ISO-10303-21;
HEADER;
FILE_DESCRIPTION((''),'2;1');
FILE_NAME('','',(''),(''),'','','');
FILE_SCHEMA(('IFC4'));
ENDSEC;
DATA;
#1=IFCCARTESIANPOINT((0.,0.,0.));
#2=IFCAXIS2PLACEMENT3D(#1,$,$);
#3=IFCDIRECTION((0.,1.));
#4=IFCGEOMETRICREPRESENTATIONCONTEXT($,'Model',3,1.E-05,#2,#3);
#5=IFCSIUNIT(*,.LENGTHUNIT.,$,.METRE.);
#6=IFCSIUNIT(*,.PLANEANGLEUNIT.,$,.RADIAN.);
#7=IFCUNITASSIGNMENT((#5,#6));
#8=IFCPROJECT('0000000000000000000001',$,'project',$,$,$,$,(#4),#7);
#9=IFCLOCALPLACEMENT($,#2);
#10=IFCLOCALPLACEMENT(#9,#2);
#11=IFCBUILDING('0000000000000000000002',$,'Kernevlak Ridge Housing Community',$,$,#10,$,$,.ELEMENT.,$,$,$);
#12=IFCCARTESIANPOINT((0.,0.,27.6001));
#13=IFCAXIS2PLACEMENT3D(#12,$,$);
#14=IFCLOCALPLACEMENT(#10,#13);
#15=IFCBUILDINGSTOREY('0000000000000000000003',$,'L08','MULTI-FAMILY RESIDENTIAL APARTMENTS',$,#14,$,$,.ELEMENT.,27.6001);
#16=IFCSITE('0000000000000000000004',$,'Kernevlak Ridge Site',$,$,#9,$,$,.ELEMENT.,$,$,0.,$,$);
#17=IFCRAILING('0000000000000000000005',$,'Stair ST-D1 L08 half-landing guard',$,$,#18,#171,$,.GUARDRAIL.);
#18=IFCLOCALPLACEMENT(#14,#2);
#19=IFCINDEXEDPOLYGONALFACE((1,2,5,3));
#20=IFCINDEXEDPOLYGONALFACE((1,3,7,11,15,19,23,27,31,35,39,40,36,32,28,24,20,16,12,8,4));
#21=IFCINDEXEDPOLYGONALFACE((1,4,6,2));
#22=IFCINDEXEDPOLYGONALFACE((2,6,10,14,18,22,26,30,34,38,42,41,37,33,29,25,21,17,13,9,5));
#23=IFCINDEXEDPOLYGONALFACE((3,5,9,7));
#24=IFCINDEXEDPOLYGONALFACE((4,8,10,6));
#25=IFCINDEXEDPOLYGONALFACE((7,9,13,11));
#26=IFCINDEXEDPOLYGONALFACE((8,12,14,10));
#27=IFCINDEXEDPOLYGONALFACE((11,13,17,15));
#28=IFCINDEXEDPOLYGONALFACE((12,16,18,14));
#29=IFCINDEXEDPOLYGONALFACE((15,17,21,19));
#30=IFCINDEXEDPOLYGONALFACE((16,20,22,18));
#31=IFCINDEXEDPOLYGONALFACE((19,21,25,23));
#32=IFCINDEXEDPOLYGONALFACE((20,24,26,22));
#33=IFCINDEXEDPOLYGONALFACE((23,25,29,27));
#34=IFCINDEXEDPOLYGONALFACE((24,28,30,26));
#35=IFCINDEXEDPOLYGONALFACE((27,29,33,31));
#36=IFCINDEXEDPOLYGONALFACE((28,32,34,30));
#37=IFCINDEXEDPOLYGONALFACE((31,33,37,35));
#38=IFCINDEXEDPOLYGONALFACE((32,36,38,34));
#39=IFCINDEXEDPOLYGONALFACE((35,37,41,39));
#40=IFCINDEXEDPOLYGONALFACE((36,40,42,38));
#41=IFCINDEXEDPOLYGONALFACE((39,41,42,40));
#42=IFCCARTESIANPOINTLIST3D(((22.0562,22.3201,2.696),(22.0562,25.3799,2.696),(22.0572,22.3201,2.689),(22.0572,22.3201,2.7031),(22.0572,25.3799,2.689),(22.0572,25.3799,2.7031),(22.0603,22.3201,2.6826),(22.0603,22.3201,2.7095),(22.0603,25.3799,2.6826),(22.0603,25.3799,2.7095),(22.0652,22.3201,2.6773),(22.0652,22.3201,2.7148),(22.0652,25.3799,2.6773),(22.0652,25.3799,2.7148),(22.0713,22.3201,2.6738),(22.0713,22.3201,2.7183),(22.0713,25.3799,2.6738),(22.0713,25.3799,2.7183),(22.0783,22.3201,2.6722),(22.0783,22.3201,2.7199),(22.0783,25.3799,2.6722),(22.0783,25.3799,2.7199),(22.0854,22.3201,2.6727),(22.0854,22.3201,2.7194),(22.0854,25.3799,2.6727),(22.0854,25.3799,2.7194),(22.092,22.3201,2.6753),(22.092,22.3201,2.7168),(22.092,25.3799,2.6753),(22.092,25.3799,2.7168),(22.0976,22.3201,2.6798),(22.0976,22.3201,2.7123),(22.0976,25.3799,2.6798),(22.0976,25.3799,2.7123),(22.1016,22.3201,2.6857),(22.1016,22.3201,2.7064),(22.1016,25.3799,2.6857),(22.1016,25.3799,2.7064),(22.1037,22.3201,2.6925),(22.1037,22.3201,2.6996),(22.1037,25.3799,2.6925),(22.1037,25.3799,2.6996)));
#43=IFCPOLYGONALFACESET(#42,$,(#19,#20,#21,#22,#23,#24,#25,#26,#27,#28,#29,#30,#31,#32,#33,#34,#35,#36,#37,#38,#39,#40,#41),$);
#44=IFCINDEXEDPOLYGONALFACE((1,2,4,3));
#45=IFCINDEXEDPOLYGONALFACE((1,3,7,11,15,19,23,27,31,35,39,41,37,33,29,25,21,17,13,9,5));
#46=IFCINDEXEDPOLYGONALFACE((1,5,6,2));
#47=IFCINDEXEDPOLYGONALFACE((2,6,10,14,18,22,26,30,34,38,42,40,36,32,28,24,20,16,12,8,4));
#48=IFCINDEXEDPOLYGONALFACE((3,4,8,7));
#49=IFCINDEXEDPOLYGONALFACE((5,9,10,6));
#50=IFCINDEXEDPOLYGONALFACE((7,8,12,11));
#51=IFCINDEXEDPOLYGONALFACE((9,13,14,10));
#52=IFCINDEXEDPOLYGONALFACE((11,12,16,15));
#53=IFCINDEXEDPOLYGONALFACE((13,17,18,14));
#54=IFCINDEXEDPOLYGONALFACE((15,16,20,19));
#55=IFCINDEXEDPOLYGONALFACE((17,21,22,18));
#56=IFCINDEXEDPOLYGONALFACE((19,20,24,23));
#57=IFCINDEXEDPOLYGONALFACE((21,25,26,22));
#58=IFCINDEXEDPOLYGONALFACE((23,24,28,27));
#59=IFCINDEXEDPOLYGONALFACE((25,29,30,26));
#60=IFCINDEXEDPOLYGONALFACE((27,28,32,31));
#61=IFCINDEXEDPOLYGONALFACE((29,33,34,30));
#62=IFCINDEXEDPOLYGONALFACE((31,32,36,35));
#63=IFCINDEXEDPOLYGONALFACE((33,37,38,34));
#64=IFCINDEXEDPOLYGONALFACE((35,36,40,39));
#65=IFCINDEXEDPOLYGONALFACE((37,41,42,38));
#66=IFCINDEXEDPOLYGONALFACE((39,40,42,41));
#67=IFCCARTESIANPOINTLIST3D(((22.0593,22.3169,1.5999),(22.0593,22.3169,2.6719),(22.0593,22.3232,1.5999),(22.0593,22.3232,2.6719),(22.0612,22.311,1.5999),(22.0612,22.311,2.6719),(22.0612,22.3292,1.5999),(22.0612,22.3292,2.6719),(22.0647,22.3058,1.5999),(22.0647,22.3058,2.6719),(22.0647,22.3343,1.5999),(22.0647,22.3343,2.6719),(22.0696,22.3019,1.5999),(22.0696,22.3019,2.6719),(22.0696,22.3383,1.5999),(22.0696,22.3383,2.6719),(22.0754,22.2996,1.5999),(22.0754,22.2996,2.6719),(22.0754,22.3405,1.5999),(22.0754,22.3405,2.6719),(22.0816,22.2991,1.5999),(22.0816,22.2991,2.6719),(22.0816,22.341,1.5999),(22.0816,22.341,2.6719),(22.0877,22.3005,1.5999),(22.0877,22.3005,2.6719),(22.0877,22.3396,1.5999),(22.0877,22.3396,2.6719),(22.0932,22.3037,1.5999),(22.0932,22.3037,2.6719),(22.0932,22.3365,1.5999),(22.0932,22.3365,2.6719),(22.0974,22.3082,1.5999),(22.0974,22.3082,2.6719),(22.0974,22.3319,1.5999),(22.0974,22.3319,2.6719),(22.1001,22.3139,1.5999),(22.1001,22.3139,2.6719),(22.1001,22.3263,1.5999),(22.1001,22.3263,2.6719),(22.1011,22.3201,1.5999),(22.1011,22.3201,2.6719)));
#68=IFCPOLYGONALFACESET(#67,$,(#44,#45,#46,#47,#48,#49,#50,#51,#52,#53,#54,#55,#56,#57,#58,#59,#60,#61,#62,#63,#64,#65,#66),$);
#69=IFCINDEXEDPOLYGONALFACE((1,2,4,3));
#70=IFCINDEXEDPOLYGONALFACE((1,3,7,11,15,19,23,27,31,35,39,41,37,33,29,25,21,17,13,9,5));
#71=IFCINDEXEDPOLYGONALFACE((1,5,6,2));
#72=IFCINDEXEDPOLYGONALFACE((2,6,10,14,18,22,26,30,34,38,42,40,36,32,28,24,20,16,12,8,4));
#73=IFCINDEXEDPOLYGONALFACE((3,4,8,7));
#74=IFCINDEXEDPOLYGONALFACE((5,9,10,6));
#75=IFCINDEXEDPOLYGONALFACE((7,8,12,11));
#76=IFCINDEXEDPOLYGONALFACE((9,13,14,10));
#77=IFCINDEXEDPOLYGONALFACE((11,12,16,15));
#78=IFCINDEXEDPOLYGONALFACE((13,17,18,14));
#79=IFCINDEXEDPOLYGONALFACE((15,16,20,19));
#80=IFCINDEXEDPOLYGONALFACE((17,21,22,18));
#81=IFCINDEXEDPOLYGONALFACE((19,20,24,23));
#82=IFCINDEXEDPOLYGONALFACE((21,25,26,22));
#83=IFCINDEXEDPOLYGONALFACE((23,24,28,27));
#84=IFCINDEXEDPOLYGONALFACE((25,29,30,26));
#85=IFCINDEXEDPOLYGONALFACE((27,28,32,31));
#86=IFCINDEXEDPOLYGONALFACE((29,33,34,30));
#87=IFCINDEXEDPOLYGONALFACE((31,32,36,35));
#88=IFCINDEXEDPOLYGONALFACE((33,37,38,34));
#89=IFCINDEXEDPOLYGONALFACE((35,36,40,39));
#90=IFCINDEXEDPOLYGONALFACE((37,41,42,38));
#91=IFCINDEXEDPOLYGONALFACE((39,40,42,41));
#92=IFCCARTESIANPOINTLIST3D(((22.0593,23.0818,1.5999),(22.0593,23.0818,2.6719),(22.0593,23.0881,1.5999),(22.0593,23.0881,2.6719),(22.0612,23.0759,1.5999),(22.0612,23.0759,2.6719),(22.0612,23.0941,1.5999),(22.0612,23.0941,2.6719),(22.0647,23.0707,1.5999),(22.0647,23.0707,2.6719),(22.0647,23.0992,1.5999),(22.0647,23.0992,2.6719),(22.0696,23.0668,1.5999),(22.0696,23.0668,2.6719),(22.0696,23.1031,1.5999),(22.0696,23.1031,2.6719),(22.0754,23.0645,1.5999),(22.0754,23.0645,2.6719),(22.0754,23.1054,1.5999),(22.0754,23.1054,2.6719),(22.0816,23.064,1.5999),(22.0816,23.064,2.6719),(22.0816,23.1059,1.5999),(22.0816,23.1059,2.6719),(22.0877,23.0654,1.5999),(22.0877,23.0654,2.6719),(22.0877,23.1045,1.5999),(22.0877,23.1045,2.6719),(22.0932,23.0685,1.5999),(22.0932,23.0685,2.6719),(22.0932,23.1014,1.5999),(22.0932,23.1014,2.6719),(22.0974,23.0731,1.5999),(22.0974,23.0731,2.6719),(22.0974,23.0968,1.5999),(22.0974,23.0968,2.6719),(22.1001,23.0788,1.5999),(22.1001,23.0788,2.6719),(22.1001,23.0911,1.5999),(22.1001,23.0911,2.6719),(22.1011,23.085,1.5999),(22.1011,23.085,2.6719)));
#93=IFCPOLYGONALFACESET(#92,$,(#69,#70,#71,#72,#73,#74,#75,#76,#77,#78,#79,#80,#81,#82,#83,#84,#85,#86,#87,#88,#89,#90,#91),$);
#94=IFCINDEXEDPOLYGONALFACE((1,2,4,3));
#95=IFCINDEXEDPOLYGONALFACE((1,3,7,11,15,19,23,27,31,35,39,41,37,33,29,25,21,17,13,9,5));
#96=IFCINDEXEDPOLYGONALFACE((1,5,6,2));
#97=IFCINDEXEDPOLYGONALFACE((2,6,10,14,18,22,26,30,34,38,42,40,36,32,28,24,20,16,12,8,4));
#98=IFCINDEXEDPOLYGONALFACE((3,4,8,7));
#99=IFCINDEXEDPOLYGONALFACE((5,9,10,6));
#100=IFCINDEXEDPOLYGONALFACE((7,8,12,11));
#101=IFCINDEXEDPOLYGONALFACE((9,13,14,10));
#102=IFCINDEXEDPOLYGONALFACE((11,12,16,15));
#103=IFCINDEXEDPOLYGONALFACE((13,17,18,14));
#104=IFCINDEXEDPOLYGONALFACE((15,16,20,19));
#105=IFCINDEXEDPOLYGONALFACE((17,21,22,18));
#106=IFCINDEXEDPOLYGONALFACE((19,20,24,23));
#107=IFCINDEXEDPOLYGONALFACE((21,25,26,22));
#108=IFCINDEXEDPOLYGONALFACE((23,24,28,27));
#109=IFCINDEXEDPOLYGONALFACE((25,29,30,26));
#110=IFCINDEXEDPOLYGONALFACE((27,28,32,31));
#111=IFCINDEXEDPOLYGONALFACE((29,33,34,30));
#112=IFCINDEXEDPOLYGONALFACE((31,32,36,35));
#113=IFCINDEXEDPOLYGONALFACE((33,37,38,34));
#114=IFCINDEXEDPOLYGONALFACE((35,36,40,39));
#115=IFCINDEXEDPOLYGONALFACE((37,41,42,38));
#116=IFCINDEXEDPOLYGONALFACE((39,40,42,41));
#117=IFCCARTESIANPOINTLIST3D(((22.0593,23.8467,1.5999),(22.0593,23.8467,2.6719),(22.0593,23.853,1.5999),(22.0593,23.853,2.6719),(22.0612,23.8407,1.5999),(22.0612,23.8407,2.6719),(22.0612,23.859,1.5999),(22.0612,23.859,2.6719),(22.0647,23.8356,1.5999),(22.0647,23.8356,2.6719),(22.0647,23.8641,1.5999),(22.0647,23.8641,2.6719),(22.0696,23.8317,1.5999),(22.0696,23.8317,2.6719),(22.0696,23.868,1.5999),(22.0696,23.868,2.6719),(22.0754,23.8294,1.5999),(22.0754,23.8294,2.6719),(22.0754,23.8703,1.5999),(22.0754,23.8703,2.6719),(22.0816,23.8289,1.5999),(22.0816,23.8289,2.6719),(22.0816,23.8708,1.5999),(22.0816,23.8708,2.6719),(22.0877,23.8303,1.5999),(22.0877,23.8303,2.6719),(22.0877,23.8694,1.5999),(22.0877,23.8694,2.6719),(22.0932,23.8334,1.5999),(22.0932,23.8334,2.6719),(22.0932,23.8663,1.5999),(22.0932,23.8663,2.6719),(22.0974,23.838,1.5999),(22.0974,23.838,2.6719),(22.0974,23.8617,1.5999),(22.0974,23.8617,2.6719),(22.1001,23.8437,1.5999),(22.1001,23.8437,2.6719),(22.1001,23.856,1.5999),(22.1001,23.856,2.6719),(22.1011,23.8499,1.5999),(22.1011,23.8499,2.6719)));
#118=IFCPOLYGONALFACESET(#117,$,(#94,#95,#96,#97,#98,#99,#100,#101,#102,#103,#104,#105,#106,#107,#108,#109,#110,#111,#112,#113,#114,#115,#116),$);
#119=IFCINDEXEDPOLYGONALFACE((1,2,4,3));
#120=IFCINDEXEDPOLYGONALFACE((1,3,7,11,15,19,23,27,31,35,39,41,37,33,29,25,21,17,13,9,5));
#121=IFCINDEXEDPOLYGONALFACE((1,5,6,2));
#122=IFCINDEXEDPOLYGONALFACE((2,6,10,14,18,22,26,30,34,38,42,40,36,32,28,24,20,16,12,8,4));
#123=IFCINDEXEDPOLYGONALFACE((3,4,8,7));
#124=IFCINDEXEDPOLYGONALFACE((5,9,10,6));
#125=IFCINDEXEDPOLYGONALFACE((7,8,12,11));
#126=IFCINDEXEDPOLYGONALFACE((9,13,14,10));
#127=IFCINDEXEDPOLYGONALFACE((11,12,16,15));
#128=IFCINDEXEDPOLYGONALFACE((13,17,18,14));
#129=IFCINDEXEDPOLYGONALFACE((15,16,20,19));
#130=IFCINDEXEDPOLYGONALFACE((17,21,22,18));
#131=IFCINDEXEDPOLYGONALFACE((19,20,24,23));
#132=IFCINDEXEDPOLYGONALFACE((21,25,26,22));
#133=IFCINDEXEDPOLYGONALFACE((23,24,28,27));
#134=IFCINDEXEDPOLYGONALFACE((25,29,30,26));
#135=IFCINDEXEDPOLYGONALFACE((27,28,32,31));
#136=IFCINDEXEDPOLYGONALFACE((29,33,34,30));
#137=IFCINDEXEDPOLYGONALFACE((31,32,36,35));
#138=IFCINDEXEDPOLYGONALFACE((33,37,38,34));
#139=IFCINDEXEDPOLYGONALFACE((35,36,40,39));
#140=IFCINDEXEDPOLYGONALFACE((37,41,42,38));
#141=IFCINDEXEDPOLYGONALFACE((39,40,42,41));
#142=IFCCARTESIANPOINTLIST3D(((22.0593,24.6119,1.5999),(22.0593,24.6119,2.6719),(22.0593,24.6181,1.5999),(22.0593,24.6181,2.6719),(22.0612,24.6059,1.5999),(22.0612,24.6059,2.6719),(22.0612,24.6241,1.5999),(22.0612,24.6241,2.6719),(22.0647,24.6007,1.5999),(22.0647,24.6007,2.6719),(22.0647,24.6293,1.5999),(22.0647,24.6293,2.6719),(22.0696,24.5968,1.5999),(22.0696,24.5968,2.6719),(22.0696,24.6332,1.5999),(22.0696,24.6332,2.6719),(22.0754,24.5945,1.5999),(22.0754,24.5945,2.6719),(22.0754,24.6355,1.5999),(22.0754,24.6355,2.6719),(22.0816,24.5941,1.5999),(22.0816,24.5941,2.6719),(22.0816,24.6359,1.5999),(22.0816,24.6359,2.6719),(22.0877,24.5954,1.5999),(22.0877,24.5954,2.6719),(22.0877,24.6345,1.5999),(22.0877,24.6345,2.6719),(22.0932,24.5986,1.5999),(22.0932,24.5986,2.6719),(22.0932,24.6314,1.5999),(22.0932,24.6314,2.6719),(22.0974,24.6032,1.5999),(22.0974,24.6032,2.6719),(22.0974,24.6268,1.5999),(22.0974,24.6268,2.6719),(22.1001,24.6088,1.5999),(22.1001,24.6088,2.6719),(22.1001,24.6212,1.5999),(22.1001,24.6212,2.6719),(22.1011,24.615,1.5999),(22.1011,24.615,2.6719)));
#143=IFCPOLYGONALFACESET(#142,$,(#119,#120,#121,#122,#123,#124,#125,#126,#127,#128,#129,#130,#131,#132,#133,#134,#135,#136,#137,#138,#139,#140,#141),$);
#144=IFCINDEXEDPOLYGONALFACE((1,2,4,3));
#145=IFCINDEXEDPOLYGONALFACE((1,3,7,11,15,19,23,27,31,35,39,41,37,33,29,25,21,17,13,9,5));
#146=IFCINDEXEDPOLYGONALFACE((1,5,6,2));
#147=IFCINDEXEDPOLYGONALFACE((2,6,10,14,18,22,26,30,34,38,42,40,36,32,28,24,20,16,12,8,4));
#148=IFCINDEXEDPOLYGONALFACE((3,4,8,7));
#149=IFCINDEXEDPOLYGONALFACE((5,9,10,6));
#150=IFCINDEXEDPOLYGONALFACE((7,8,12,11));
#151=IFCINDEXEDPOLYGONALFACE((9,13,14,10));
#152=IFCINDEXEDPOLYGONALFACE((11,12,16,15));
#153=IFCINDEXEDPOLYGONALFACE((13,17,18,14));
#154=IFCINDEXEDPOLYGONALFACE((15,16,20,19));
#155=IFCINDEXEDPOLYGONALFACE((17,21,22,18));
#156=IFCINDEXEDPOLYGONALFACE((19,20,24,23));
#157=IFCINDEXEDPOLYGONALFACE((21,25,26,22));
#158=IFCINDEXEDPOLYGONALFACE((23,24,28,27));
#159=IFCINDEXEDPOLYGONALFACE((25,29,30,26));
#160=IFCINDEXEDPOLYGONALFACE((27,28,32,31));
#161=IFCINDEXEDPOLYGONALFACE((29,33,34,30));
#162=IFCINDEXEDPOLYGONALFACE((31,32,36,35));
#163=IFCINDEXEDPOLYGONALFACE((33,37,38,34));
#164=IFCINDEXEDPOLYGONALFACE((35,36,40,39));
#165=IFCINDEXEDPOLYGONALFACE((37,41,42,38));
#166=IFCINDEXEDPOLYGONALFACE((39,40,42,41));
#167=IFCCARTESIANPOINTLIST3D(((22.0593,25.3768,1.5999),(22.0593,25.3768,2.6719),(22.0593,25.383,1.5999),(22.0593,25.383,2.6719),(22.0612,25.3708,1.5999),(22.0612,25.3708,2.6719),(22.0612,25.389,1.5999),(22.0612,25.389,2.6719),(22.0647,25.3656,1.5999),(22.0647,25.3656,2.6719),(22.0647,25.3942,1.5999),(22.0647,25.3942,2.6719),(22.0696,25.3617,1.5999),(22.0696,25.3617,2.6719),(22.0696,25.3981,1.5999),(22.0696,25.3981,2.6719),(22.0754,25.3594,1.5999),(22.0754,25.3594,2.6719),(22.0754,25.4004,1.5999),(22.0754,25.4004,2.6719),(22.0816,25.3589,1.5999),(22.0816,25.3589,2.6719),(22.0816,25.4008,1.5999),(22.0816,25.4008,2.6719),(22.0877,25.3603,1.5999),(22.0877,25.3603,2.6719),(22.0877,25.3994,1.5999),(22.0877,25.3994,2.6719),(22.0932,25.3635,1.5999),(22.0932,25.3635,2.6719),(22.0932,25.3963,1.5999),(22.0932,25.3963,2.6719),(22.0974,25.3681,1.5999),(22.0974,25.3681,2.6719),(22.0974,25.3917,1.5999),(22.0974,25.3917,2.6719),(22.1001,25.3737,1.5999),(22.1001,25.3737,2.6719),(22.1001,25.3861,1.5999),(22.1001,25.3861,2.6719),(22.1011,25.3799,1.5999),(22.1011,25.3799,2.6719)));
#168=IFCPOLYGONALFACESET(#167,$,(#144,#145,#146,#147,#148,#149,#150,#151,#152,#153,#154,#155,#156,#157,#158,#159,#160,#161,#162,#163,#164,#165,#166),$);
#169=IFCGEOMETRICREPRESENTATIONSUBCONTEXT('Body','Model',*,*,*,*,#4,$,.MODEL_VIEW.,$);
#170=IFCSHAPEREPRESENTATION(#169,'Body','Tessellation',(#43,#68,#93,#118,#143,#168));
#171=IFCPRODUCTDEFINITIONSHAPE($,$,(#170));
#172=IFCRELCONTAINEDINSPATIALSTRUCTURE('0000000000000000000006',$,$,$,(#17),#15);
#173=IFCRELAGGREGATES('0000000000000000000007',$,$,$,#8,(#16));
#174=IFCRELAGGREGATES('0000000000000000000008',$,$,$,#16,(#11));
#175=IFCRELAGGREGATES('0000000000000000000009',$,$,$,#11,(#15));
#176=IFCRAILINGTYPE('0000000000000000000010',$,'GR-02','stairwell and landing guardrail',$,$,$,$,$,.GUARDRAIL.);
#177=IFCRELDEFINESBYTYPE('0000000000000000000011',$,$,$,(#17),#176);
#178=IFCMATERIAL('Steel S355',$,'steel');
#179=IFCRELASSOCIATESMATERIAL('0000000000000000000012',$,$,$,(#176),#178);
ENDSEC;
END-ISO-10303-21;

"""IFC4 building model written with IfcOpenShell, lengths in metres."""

from ifc_helpers import new_model, si_unit, direction, frame, origin, origin_2d, place, context, subcontext, project, spatial, circle, extrude, material, type_object, element, save


model = new_model("IFC4")

# Units and contexts
model_context = context("Model", 3, precision=1e-05, world=origin(), true_north=direction((0.0, 1.0)))
body_context = subcontext(model_context, "Body", "Model", "MODEL_VIEW")
ifc_project = project(units=[si_unit("LENGTHUNIT", "METRE"), si_unit("PLANEANGLEUNIT", "RADIAN")], contexts=[model_context])

# Site, building, storey
site_placement = place(None, origin())
site = spatial("IfcSite", under=ifc_project, at=site_placement, Name="Kernevlak Ridge Site", CompositionType="ELEMENT", RefElevation=0.0)
building_placement = place(site_placement, origin())
building = spatial("IfcBuilding", under=site, at=building_placement, Name="Kernevlak Ridge Housing Community", CompositionType="ELEMENT")
storey_placement = place(building_placement, frame((0.0, 0.0, 27.6001)))
storey = spatial("IfcBuildingStorey", under=building, at=storey_placement, Name="L08", Description="MULTI-FAMILY RESIDENTIAL APARTMENTS", CompositionType="ELEMENT", Elevation=27.6001)

# Railing
ifc_material_1 = material(Name="Steel S355", Category="steel")
railing_type_1 = type_object("IfcRailingType", Name="GR-02", Description="stairwell and landing guardrail", PredefinedType="GUARDRAIL", material=ifc_material_1)
railing_1_placement = place(storey_placement, frame((22.0801, 22.3201, 1.5999)))
element("IfcRailing", 1, at=railing_1_placement, inside=storey, type_object=railing_type_1, Name="Stair ST-D1 L08 half-landing guard", PredefinedType="GUARDRAIL", context=body_context, shape_type="SweptSolid", body=[
    extrude(circle(Radius=0.0239, at=origin_2d()), frame((0.0, 0.0, 1.0962), z_axis=(0.0, 1.0, 0.0), x_axis=(-1.0, 0.0, 0.0)), (0.0, 0.0, 1.0), 3.0598),
    extrude(circle(Radius=0.021, at=origin_2d()), origin(), (0.0, 0.0, 1.0), 1.072),
    extrude(circle(Radius=0.021, at=origin_2d()), frame((0.0, 0.7649, 0.0)), (0.0, 0.0, 1.0), 1.072),
    extrude(circle(Radius=0.021, at=origin_2d()), frame((0.0, 1.5298, 0.0)), (0.0, 0.0, 1.0), 1.072),
    extrude(circle(Radius=0.021, at=origin_2d()), frame((0.0, 2.2949, 0.0)), (0.0, 0.0, 1.0), 1.072),
    extrude(circle(Radius=0.021, at=origin_2d()), frame((0.0, 3.0598, 0.0)), (0.0, 0.0, 1.0), 1.072),
])

save(model, "model.ifc")
